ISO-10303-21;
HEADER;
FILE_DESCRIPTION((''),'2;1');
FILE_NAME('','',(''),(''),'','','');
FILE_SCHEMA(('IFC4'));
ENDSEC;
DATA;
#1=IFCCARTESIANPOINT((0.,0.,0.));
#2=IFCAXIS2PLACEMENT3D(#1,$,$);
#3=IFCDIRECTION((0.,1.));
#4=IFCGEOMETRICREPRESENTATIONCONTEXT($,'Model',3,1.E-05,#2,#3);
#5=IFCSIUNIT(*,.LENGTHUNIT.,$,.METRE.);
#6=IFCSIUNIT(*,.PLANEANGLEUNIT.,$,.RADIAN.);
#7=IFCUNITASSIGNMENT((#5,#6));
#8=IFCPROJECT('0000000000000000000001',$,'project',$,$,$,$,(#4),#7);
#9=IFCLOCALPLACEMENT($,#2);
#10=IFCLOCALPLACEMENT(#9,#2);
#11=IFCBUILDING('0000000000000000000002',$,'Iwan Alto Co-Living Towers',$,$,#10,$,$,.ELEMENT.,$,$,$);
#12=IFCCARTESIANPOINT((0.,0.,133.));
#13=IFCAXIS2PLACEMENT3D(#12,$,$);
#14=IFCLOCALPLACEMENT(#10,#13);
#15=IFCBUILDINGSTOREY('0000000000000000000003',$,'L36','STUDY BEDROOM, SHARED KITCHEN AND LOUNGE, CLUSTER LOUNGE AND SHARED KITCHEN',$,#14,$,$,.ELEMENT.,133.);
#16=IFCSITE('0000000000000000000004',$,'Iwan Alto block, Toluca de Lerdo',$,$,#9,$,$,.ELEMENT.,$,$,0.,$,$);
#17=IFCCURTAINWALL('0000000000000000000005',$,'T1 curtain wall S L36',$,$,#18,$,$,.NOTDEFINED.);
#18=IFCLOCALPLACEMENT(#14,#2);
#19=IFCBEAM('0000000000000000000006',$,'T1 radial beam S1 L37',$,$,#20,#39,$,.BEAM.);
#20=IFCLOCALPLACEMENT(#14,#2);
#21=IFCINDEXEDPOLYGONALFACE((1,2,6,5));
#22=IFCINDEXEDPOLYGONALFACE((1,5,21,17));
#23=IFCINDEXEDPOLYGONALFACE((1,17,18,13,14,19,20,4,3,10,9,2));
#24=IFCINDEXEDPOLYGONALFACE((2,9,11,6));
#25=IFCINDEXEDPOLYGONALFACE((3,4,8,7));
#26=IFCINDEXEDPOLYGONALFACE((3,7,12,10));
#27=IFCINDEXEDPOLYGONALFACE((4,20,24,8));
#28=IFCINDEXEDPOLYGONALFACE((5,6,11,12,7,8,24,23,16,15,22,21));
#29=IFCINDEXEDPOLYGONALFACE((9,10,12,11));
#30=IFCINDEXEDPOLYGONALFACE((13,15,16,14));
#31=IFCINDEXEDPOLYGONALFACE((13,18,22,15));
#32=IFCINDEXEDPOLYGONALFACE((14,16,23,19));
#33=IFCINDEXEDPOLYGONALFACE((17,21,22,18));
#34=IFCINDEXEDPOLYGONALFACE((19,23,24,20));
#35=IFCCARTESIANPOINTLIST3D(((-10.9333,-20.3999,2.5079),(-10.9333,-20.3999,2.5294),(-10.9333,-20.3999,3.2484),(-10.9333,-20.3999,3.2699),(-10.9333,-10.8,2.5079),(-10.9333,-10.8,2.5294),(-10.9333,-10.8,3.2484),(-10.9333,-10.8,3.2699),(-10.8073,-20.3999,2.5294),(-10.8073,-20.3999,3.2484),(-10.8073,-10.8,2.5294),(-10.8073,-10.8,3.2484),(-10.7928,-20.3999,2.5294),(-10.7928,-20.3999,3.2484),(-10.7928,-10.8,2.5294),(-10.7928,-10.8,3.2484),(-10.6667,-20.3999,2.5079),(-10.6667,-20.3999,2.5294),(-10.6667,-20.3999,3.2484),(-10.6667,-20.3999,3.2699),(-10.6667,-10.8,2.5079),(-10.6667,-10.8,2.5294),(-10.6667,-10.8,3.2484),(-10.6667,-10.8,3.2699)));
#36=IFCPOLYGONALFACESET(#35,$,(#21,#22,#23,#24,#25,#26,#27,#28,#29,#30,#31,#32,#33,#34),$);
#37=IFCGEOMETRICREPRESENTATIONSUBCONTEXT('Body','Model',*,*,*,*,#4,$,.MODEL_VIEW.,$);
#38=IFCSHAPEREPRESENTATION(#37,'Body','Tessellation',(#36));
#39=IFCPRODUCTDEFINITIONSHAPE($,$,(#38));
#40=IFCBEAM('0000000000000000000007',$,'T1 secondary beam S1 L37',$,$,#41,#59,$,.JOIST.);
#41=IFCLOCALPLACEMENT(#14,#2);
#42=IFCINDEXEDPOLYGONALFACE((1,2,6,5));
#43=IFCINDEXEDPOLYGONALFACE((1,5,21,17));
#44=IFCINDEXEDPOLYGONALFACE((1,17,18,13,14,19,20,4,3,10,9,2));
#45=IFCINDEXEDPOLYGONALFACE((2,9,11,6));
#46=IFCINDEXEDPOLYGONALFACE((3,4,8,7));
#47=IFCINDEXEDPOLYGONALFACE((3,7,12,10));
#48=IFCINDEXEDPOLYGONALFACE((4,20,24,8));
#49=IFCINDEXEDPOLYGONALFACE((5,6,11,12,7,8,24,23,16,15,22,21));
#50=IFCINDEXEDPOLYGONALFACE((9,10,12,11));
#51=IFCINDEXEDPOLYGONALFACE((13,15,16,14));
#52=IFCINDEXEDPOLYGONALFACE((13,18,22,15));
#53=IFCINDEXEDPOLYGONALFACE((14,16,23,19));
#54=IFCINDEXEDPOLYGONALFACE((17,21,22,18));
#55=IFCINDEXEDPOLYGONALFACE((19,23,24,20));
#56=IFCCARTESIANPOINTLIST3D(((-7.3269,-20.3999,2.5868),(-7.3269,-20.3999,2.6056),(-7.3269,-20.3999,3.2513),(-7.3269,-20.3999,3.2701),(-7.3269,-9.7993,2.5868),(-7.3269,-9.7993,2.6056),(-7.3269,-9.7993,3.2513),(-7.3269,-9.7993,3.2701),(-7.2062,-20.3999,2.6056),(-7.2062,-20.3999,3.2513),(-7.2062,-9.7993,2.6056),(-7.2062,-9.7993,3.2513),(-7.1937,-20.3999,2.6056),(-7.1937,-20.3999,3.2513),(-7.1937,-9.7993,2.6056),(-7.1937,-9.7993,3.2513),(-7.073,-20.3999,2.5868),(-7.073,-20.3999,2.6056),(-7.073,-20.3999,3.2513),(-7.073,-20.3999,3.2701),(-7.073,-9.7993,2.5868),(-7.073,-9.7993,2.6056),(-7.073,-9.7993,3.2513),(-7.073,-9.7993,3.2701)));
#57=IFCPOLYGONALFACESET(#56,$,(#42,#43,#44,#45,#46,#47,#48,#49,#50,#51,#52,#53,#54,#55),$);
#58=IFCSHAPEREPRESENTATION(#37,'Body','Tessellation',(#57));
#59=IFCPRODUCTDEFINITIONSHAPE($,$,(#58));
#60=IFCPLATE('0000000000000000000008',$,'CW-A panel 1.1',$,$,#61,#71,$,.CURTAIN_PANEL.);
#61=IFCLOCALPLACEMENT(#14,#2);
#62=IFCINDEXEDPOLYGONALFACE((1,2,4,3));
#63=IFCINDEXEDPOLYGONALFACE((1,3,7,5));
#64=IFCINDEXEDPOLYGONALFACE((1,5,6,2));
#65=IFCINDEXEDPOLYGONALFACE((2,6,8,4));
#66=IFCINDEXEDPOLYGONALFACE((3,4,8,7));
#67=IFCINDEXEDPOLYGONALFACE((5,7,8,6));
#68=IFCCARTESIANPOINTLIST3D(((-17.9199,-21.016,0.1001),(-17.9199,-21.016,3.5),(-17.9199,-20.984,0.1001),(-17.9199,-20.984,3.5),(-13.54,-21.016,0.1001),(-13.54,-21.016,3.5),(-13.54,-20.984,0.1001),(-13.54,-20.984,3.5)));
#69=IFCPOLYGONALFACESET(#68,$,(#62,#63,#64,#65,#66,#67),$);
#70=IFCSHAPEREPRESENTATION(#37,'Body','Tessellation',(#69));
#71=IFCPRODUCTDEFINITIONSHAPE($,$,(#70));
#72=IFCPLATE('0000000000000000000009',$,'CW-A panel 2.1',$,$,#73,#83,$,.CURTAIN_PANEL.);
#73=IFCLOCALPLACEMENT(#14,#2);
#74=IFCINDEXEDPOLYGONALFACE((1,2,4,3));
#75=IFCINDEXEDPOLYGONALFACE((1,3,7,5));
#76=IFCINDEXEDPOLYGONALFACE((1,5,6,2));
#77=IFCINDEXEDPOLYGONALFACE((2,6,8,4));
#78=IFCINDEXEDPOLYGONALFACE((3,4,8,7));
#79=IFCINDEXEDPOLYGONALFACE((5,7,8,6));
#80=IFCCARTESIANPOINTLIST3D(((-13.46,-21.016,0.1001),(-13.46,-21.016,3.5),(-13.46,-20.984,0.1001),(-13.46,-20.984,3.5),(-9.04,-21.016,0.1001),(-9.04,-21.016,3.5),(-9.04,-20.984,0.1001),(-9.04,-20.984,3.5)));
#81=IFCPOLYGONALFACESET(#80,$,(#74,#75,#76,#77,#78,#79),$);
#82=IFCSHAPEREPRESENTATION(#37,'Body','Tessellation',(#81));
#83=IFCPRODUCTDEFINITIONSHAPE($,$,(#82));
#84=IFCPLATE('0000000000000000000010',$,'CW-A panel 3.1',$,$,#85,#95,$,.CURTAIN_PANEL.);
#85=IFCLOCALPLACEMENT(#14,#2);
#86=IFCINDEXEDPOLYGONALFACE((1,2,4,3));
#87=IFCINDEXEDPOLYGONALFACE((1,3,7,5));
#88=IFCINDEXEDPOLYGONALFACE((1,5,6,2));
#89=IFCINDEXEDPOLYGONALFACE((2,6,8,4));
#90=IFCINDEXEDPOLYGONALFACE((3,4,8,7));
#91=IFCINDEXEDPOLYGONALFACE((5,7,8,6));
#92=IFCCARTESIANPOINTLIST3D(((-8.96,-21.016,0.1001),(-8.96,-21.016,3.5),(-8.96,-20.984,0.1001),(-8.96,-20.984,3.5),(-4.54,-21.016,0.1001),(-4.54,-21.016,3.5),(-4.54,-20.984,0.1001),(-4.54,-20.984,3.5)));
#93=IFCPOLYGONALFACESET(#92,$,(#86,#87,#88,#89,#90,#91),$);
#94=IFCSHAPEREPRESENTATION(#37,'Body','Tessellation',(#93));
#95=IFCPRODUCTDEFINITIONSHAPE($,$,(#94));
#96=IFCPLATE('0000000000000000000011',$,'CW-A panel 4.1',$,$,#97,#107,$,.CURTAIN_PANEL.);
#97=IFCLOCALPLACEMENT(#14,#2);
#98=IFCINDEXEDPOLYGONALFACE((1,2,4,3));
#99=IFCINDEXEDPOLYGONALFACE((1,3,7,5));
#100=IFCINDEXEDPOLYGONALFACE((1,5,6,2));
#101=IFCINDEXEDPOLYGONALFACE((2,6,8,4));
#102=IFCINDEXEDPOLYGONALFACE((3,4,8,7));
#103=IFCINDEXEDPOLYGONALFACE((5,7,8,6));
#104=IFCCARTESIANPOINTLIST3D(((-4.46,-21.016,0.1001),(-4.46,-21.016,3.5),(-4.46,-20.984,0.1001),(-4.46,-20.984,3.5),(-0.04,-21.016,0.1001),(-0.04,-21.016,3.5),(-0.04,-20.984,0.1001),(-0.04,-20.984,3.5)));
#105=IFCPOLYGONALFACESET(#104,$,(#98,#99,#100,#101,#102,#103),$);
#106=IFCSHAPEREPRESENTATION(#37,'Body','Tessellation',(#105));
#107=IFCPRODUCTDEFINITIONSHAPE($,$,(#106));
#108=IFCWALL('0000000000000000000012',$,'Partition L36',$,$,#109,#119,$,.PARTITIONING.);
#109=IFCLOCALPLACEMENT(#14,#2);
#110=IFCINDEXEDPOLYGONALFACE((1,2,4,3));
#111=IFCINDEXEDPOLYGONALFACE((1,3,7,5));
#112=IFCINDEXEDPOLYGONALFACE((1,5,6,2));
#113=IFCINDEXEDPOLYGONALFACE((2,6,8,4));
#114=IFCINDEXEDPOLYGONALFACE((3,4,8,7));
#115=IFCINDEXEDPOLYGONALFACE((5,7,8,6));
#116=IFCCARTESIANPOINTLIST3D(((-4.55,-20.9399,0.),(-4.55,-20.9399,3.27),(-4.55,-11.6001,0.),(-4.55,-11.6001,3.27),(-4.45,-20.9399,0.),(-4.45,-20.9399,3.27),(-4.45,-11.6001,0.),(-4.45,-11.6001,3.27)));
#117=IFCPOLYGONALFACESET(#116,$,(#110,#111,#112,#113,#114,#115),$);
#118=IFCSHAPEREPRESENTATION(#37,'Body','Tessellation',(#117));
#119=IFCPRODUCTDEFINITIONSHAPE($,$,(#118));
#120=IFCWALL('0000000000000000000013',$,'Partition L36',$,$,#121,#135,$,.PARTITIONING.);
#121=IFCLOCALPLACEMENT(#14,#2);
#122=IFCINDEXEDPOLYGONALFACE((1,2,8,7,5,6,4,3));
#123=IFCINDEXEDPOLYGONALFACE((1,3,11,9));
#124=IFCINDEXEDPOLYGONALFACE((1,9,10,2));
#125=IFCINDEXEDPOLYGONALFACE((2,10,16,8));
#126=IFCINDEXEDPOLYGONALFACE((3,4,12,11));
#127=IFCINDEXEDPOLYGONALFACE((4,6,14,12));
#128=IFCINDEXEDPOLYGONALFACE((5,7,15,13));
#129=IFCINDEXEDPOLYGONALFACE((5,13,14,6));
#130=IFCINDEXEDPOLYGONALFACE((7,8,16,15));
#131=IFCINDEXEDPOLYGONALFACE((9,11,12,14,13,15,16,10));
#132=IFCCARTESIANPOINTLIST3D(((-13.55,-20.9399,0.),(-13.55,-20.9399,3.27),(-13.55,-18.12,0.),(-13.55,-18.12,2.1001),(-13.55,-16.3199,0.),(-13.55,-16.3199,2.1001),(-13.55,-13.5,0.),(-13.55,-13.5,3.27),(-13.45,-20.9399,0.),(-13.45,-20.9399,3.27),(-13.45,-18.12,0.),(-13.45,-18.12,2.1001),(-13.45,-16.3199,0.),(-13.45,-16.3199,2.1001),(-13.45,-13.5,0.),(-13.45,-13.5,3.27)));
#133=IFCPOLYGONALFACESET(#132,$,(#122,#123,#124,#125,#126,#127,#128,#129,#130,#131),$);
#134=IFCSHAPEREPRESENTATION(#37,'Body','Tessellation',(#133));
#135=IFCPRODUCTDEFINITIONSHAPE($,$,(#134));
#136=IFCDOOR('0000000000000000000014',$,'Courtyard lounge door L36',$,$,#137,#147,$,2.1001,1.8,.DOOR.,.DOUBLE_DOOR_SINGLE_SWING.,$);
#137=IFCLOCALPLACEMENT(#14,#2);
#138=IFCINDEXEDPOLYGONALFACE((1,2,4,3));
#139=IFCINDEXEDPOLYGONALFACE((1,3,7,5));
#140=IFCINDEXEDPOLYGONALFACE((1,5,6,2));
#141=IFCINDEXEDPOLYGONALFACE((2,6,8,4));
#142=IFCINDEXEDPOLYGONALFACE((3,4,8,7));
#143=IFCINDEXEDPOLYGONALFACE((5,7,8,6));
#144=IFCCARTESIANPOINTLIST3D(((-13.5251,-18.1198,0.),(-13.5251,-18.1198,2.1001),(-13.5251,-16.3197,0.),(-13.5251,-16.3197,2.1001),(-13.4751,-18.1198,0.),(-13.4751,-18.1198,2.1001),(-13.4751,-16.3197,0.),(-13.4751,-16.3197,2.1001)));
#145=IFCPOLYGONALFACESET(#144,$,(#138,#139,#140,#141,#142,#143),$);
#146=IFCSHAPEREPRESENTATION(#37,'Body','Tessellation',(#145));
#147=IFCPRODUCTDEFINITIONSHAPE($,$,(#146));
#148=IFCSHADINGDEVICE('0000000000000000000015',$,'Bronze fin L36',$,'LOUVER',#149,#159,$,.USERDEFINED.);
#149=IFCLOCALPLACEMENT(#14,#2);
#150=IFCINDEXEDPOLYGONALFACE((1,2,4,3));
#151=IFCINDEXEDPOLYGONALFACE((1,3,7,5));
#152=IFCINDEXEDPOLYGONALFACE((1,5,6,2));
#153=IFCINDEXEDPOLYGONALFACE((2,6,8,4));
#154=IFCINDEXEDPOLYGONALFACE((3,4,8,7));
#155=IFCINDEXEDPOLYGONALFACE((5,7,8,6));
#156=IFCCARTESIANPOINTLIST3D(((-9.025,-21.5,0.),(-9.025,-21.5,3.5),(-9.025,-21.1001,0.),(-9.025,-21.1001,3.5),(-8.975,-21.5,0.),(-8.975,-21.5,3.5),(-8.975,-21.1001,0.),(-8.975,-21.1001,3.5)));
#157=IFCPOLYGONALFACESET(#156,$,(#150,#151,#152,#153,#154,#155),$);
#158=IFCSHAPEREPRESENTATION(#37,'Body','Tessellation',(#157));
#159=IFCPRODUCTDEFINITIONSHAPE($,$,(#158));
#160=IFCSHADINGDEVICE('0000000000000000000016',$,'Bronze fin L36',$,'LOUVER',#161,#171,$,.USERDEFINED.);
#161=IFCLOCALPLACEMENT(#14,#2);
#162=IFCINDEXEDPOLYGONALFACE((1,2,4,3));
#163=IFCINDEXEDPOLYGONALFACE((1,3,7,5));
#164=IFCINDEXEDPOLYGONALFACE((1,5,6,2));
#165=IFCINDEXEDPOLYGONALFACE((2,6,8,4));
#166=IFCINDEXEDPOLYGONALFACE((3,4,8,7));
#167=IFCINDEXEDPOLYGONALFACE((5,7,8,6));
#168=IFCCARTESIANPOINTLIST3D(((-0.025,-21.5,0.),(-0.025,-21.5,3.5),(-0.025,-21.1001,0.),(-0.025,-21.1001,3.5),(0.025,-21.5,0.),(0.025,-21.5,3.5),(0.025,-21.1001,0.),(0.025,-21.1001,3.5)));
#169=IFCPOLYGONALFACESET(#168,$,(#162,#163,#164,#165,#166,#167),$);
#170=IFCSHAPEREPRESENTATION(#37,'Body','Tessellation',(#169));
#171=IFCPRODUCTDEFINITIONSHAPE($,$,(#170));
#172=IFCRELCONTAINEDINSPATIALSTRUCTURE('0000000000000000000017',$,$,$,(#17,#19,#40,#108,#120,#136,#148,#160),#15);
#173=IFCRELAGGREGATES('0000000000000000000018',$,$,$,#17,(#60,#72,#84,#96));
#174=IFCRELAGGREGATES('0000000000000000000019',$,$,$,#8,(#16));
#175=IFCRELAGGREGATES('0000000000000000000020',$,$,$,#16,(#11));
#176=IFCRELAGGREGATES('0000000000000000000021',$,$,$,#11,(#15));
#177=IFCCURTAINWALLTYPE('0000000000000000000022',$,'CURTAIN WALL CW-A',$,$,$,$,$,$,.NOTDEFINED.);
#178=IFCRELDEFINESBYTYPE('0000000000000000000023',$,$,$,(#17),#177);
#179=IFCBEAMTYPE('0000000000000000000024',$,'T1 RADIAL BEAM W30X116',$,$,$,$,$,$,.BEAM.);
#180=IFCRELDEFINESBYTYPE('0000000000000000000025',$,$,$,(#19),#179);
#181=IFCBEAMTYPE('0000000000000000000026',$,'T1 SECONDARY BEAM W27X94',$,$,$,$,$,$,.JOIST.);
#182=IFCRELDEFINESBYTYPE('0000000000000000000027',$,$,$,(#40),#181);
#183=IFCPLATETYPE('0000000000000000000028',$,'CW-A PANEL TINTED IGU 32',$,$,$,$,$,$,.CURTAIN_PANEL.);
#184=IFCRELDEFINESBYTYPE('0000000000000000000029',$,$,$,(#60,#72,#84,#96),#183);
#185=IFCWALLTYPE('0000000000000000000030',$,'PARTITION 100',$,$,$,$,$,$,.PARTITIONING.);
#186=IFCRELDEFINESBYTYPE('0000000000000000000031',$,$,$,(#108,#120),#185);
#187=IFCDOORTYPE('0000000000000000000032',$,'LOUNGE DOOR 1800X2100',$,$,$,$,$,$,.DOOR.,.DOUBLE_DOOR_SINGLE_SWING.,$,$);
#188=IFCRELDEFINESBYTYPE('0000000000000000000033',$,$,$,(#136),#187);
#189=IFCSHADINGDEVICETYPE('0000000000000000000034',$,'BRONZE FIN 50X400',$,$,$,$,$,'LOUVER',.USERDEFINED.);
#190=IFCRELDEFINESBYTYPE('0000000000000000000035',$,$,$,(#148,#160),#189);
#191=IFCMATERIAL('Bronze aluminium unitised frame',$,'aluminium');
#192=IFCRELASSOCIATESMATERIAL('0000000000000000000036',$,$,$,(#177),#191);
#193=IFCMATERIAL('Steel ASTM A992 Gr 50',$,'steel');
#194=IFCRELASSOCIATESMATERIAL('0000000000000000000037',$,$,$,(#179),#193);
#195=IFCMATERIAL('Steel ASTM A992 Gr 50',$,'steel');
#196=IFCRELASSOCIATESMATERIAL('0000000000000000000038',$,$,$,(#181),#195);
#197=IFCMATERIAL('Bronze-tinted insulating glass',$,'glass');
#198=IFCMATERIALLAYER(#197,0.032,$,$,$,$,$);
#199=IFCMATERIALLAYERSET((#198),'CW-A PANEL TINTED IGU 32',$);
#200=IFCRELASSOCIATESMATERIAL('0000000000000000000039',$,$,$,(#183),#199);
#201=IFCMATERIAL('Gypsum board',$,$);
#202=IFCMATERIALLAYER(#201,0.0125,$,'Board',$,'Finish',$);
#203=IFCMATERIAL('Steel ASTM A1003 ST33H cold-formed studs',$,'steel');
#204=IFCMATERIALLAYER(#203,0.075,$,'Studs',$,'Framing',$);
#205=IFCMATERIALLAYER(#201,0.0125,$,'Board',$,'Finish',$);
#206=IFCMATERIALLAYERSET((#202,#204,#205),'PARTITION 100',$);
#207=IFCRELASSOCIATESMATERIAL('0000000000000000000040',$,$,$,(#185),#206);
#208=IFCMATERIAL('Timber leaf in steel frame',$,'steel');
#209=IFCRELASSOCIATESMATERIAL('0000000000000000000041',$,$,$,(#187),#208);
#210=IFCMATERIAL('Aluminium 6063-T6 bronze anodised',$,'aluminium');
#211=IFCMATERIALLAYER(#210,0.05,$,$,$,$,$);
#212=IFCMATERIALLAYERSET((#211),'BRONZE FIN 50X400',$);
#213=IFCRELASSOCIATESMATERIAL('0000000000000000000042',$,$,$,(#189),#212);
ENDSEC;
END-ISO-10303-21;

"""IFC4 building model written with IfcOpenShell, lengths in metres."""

from ifc_helpers import new_model, si_unit, direction, frame, frame_2d, origin, origin_2d, place, context, subcontext, project, spatial, rectangle, i_section, extrude, material, layer, layer_set, material_profile, profile_set, type_object, element, fill, aggregate, save


model = new_model("IFC4")

# Units and contexts
model_context = context("Model", 3, precision=1e-05, world=origin(), true_north=direction((0.0, 1.0)))
body_context = subcontext(model_context, "Body", "Model", "MODEL_VIEW")
ifc_project = project(units=[si_unit("LENGTHUNIT", "METRE"), si_unit("PLANEANGLEUNIT", "RADIAN")], contexts=[model_context])

# Site, building, storey
site_placement = place(None, origin())
site = spatial("IfcSite", under=ifc_project, at=site_placement, Name="Iwan Alto block, Toluca de Lerdo", CompositionType="ELEMENT", RefElevation=0.0)
building_placement = place(site_placement, origin())
building = spatial("IfcBuilding", under=site, at=building_placement, Name="Iwan Alto Co-Living Towers", CompositionType="ELEMENT")
storey_placement = place(building_placement, frame((0.0, 0.0, 133.0)))
storey = spatial("IfcBuildingStorey", under=building, at=storey_placement, Name="L36", Description="STUDY BEDROOM, SHARED KITCHEN AND LOUNGE, CLUSTER LOUNGE AND SHARED KITCHEN", CompositionType="ELEMENT", Elevation=133.0)

# Curtain wall
ifc_material_1 = material(Name="Bronze aluminium unitised frame", Category="aluminium")
curtain_wall_type = type_object("IfcCurtainWallType", Name="CURTAIN WALL CW-A", PredefinedType="NOTDEFINED", material=ifc_material_1)
curtain_wall_placement = place(storey_placement, origin())
curtain_wall = element("IfcCurtainWall", 1, at=curtain_wall_placement, inside=storey, type_object=curtain_wall_type, Name="T1 curtain wall S L36", PredefinedType="NOTDEFINED")

# Beams
ifc_material_2 = material(Name="Steel ASTM A992 Gr 50", Category="steel")
ifc_material_profile_1 = material_profile(ifc_material_2, i_section(OverallWidth=0.2666, OverallDepth=0.762, WebThickness=0.0144, FlangeThickness=0.0215, at=origin_2d()), Name="W30X116")
ifc_profile_set_1 = profile_set([ifc_material_profile_1], Name="Steel ASTM A992 Gr 50")
beam_type_1 = type_object("IfcBeamType", Name="T1 RADIAL BEAM W30X116", PredefinedType="BEAM", material=ifc_profile_set_1)
beam_1_placement = place(storey_placement, frame((-10.8, -20.3999, 2.8889), z_axis=(0.0, 1.0, 0.0), x_axis=(-1.0, 0.0, 0.0)))
element("IfcBeam", 2, at=beam_1_placement, inside=storey, type_object=beam_type_1, Name="T1 radial beam S1 L37", PredefinedType="BEAM", context=body_context, shape_type="SweptSolid", body=[
    extrude(i_section(OverallWidth=0.2666, OverallDepth=0.762, WebThickness=0.0144, FlangeThickness=0.0215, at=origin_2d()), origin(), (0.0, 0.0, 1.0), 9.5999),
])
ifc_material_3 = material(Name="Steel ASTM A992 Gr 50", Category="steel")
ifc_material_profile_2 = material_profile(ifc_material_3, i_section(OverallWidth=0.2539, OverallDepth=0.6833, WebThickness=0.0125, FlangeThickness=0.0188, at=origin_2d()), Name="W27X94")
ifc_profile_set_2 = profile_set([ifc_material_profile_2], Name="Steel ASTM A992 Gr 50")
beam_type_2 = type_object("IfcBeamType", Name="T1 SECONDARY BEAM W27X94", PredefinedType="JOIST", material=ifc_profile_set_2)
beam_2_placement = place(storey_placement, frame((-7.2, -20.3999, 2.9285), z_axis=(0.0, 1.0, 0.0), x_axis=(-1.0, 0.0, 0.0)))
element("IfcBeam", 3, at=beam_2_placement, inside=storey, type_object=beam_type_2, Name="T1 secondary beam S1 L37", PredefinedType="JOIST", context=body_context, shape_type="SweptSolid", body=[
    extrude(i_section(OverallWidth=0.2539, OverallDepth=0.6833, WebThickness=0.0125, FlangeThickness=0.0188, at=origin_2d()), origin(), (0.0, 0.0, 1.0), 10.6006),
])

# Plates
ifc_material_4 = material(Name="Bronze-tinted insulating glass", Category="glass")
ifc_layer_1 = layer(ifc_material_4, 0.032)
ifc_layer_set_1 = layer_set([ifc_layer_1], Name="CW-A PANEL TINTED IGU 32")
plate_type = type_object("IfcPlateType", Name="CW-A PANEL TINTED IGU 32", PredefinedType="CURTAIN_PANEL", material=ifc_layer_set_1)
plate_1_placement = place(storey_placement, frame((-15.73, -21.0, 0.1001), z_axis=(0.0, 0.0, 1.0), x_axis=(1.0, 0.0, 0.0)))
plate_1 = element("IfcPlate", 4, at=plate_1_placement, type_object=plate_type, Name="CW-A panel 1.1", PredefinedType="CURTAIN_PANEL", context=body_context, shape_type="SweptSolid", body=[
    extrude(rectangle(XDim=4.3799, YDim=0.032, at=origin_2d()), origin(), (0.0, 0.0, 1.0), 3.3999),
])
plate_2_placement = place(storey_placement, frame((-11.25, -21.0, 0.1001), z_axis=(0.0, 0.0, 1.0), x_axis=(1.0, 0.0, 0.0)))
plate_2 = element("IfcPlate", 5, at=plate_2_placement, type_object=plate_type, Name="CW-A panel 2.1", PredefinedType="CURTAIN_PANEL", context=body_context, shape_type="SweptSolid", body=[
    extrude(rectangle(XDim=4.4199, YDim=0.032, at=origin_2d()), origin(), (0.0, 0.0, 1.0), 3.3999),
])
plate_3_placement = place(storey_placement, frame((-6.75, -21.0, 0.1001), z_axis=(0.0, 0.0, 1.0), x_axis=(1.0, 0.0, 0.0)))
plate_3 = element("IfcPlate", 6, at=plate_3_placement, type_object=plate_type, Name="CW-A panel 3.1", PredefinedType="CURTAIN_PANEL", context=body_context, shape_type="SweptSolid", body=[
    extrude(rectangle(XDim=4.4199, YDim=0.032, at=origin_2d()), origin(), (0.0, 0.0, 1.0), 3.3999),
])
plate_4_placement = place(storey_placement, frame((-2.25, -21.0, 0.1001), z_axis=(0.0, 0.0, 1.0), x_axis=(1.0, 0.0, 0.0)))
plate_4 = element("IfcPlate", 7, at=plate_4_placement, type_object=plate_type, Name="CW-A panel 4.1", PredefinedType="CURTAIN_PANEL", context=body_context, shape_type="SweptSolid", body=[
    extrude(rectangle(XDim=4.4199, YDim=0.032, at=origin_2d()), origin(), (0.0, 0.0, 1.0), 3.3999),
])
aggregate(curtain_wall, [plate_1, plate_2, plate_3, plate_4])

# Wall
ifc_material_5 = material(Name="Gypsum board")
ifc_layer_2 = layer(ifc_material_5, 0.0125, Name="Board", Category="Finish")
ifc_material_6 = material(Name="Steel ASTM A1003 ST33H cold-formed studs", Category="steel")
ifc_layer_3 = layer(ifc_material_6, 0.075, Name="Studs", Category="Framing")
ifc_layer_4 = layer(ifc_material_5, 0.0125, Name="Board", Category="Finish")
ifc_layer_set_2 = layer_set([ifc_layer_2, ifc_layer_3, ifc_layer_4], Name="PARTITION 100")
wall_type = type_object("IfcWallType", Name="PARTITION 100", PredefinedType="PARTITIONING", material=ifc_layer_set_2)
wall_1_placement = place(storey_placement, frame((-4.5, -20.9399, 0.0), z_axis=(0.0, 0.0, 1.0), x_axis=(0.0, 1.0, 0.0)))
element("IfcWall", 8, at=wall_1_placement, inside=storey, type_object=wall_type, Name="Partition L36", PredefinedType="PARTITIONING", context=body_context, shape_type="SweptSolid", body=[
    extrude(rectangle(XDim=9.3398, YDim=0.1001, at=frame_2d((4.6699, 0.0))), origin(), (0.0, 0.0, 1.0), 3.27),
])

# Wall, opening, door
wall_2_placement = place(storey_placement, frame((-13.5, -20.9399, 0.0), z_axis=(0.0, 0.0, 1.0), x_axis=(0.0, 1.0, 0.0)))
wall_2 = element("IfcWall", 9, at=wall_2_placement, inside=storey, type_object=wall_type, Name="Partition L36", PredefinedType="PARTITIONING", context=body_context, shape_type="SweptSolid", body=[
    extrude(rectangle(XDim=7.4399, YDim=0.1001, at=frame_2d((3.72, 0.0))), origin(), (0.0, 0.0, 1.0), 3.27),
])
opening_placement = place(wall_2_placement, frame((2.8201, 0.0, 0.0)))
opening = element("IfcOpeningElement", 10, at=opening_placement, cuts=wall_2, PredefinedType="OPENING", context=body_context, shape_type="SweptSolid", body=[
    extrude(rectangle(XDim=1.8, YDim=2.1001, at=frame_2d((0.8999, 1.05))), frame((0.0, 0.0601, 0.0), z_axis=(0.0, -1.0, 0.0), x_axis=(1.0, 0.0, 0.0)), (0.0, 0.0, 1.0), 0.1201),
])
ifc_material_7 = material(Name="Timber leaf in steel frame", Category="steel")
door_type = type_object("IfcDoorType", Name="LOUNGE DOOR 1800X2100", OperationType="DOUBLE_DOOR_SINGLE_SWING", PredefinedType="DOOR", material=ifc_material_7)
door_placement = place(opening_placement, frame((1.8, 0.0, 0.0), z_axis=(0.0, 0.0, 1.0), x_axis=(-1.0, 0.0, 0.0)))
door = element("IfcDoor", 11, at=door_placement, inside=storey, type_object=door_type, Name="Courtyard lounge door L36", OperationType="DOUBLE_DOOR_SINGLE_SWING", OverallHeight=2.1001, OverallWidth=1.8, PredefinedType="DOOR", context=body_context, shape_type="SweptSolid", body=[
    extrude(rectangle(XDim=1.8, YDim=2.1001, at=frame_2d((0.8999, 1.05))), frame((0.0, 0.0249, 0.0), z_axis=(0.0, -1.0, 0.0), x_axis=(1.0, 0.0, 0.0)), (0.0, 0.0, 1.0), 0.05),
])
fill(opening, door)

# Shading devices
ifc_material_8 = material(Name="Aluminium 6063-T6 bronze anodised", Category="aluminium")
ifc_layer_5 = layer(ifc_material_8, 0.05)
ifc_layer_set_3 = layer_set([ifc_layer_5], Name="BRONZE FIN 50X400")
shading_device_type = type_object("IfcShadingDeviceType", Name="BRONZE FIN 50X400", ElementType="LOUVER", PredefinedType="USERDEFINED", material=ifc_layer_set_3)
for number, where, z_axis, x_axis, name in (
    (12, (-9.0, -21.3, 0.0), (0.0, 0.0, 1.0), (1.0, 0.0, 0.0), "Bronze fin L36"),
    (13, (0.0, -21.3, 0.0), (0.0, 0.0, 1.0), (1.0, 0.0, 0.0), "Bronze fin L36"),
):
    element("IfcShadingDevice", number, at=place(storey_placement, frame(where, z_axis=z_axis, x_axis=x_axis)), inside=storey, type_object=shading_device_type, Name=name, ObjectType="LOUVER", PredefinedType="USERDEFINED", context=body_context, shape_type="SweptSolid", body=[
        extrude(rectangle(XDim=0.05, YDim=0.3999, at=origin_2d()), origin(), (0.0, 0.0, 1.0), 3.5),
    ])

save(model, "model.ifc")
